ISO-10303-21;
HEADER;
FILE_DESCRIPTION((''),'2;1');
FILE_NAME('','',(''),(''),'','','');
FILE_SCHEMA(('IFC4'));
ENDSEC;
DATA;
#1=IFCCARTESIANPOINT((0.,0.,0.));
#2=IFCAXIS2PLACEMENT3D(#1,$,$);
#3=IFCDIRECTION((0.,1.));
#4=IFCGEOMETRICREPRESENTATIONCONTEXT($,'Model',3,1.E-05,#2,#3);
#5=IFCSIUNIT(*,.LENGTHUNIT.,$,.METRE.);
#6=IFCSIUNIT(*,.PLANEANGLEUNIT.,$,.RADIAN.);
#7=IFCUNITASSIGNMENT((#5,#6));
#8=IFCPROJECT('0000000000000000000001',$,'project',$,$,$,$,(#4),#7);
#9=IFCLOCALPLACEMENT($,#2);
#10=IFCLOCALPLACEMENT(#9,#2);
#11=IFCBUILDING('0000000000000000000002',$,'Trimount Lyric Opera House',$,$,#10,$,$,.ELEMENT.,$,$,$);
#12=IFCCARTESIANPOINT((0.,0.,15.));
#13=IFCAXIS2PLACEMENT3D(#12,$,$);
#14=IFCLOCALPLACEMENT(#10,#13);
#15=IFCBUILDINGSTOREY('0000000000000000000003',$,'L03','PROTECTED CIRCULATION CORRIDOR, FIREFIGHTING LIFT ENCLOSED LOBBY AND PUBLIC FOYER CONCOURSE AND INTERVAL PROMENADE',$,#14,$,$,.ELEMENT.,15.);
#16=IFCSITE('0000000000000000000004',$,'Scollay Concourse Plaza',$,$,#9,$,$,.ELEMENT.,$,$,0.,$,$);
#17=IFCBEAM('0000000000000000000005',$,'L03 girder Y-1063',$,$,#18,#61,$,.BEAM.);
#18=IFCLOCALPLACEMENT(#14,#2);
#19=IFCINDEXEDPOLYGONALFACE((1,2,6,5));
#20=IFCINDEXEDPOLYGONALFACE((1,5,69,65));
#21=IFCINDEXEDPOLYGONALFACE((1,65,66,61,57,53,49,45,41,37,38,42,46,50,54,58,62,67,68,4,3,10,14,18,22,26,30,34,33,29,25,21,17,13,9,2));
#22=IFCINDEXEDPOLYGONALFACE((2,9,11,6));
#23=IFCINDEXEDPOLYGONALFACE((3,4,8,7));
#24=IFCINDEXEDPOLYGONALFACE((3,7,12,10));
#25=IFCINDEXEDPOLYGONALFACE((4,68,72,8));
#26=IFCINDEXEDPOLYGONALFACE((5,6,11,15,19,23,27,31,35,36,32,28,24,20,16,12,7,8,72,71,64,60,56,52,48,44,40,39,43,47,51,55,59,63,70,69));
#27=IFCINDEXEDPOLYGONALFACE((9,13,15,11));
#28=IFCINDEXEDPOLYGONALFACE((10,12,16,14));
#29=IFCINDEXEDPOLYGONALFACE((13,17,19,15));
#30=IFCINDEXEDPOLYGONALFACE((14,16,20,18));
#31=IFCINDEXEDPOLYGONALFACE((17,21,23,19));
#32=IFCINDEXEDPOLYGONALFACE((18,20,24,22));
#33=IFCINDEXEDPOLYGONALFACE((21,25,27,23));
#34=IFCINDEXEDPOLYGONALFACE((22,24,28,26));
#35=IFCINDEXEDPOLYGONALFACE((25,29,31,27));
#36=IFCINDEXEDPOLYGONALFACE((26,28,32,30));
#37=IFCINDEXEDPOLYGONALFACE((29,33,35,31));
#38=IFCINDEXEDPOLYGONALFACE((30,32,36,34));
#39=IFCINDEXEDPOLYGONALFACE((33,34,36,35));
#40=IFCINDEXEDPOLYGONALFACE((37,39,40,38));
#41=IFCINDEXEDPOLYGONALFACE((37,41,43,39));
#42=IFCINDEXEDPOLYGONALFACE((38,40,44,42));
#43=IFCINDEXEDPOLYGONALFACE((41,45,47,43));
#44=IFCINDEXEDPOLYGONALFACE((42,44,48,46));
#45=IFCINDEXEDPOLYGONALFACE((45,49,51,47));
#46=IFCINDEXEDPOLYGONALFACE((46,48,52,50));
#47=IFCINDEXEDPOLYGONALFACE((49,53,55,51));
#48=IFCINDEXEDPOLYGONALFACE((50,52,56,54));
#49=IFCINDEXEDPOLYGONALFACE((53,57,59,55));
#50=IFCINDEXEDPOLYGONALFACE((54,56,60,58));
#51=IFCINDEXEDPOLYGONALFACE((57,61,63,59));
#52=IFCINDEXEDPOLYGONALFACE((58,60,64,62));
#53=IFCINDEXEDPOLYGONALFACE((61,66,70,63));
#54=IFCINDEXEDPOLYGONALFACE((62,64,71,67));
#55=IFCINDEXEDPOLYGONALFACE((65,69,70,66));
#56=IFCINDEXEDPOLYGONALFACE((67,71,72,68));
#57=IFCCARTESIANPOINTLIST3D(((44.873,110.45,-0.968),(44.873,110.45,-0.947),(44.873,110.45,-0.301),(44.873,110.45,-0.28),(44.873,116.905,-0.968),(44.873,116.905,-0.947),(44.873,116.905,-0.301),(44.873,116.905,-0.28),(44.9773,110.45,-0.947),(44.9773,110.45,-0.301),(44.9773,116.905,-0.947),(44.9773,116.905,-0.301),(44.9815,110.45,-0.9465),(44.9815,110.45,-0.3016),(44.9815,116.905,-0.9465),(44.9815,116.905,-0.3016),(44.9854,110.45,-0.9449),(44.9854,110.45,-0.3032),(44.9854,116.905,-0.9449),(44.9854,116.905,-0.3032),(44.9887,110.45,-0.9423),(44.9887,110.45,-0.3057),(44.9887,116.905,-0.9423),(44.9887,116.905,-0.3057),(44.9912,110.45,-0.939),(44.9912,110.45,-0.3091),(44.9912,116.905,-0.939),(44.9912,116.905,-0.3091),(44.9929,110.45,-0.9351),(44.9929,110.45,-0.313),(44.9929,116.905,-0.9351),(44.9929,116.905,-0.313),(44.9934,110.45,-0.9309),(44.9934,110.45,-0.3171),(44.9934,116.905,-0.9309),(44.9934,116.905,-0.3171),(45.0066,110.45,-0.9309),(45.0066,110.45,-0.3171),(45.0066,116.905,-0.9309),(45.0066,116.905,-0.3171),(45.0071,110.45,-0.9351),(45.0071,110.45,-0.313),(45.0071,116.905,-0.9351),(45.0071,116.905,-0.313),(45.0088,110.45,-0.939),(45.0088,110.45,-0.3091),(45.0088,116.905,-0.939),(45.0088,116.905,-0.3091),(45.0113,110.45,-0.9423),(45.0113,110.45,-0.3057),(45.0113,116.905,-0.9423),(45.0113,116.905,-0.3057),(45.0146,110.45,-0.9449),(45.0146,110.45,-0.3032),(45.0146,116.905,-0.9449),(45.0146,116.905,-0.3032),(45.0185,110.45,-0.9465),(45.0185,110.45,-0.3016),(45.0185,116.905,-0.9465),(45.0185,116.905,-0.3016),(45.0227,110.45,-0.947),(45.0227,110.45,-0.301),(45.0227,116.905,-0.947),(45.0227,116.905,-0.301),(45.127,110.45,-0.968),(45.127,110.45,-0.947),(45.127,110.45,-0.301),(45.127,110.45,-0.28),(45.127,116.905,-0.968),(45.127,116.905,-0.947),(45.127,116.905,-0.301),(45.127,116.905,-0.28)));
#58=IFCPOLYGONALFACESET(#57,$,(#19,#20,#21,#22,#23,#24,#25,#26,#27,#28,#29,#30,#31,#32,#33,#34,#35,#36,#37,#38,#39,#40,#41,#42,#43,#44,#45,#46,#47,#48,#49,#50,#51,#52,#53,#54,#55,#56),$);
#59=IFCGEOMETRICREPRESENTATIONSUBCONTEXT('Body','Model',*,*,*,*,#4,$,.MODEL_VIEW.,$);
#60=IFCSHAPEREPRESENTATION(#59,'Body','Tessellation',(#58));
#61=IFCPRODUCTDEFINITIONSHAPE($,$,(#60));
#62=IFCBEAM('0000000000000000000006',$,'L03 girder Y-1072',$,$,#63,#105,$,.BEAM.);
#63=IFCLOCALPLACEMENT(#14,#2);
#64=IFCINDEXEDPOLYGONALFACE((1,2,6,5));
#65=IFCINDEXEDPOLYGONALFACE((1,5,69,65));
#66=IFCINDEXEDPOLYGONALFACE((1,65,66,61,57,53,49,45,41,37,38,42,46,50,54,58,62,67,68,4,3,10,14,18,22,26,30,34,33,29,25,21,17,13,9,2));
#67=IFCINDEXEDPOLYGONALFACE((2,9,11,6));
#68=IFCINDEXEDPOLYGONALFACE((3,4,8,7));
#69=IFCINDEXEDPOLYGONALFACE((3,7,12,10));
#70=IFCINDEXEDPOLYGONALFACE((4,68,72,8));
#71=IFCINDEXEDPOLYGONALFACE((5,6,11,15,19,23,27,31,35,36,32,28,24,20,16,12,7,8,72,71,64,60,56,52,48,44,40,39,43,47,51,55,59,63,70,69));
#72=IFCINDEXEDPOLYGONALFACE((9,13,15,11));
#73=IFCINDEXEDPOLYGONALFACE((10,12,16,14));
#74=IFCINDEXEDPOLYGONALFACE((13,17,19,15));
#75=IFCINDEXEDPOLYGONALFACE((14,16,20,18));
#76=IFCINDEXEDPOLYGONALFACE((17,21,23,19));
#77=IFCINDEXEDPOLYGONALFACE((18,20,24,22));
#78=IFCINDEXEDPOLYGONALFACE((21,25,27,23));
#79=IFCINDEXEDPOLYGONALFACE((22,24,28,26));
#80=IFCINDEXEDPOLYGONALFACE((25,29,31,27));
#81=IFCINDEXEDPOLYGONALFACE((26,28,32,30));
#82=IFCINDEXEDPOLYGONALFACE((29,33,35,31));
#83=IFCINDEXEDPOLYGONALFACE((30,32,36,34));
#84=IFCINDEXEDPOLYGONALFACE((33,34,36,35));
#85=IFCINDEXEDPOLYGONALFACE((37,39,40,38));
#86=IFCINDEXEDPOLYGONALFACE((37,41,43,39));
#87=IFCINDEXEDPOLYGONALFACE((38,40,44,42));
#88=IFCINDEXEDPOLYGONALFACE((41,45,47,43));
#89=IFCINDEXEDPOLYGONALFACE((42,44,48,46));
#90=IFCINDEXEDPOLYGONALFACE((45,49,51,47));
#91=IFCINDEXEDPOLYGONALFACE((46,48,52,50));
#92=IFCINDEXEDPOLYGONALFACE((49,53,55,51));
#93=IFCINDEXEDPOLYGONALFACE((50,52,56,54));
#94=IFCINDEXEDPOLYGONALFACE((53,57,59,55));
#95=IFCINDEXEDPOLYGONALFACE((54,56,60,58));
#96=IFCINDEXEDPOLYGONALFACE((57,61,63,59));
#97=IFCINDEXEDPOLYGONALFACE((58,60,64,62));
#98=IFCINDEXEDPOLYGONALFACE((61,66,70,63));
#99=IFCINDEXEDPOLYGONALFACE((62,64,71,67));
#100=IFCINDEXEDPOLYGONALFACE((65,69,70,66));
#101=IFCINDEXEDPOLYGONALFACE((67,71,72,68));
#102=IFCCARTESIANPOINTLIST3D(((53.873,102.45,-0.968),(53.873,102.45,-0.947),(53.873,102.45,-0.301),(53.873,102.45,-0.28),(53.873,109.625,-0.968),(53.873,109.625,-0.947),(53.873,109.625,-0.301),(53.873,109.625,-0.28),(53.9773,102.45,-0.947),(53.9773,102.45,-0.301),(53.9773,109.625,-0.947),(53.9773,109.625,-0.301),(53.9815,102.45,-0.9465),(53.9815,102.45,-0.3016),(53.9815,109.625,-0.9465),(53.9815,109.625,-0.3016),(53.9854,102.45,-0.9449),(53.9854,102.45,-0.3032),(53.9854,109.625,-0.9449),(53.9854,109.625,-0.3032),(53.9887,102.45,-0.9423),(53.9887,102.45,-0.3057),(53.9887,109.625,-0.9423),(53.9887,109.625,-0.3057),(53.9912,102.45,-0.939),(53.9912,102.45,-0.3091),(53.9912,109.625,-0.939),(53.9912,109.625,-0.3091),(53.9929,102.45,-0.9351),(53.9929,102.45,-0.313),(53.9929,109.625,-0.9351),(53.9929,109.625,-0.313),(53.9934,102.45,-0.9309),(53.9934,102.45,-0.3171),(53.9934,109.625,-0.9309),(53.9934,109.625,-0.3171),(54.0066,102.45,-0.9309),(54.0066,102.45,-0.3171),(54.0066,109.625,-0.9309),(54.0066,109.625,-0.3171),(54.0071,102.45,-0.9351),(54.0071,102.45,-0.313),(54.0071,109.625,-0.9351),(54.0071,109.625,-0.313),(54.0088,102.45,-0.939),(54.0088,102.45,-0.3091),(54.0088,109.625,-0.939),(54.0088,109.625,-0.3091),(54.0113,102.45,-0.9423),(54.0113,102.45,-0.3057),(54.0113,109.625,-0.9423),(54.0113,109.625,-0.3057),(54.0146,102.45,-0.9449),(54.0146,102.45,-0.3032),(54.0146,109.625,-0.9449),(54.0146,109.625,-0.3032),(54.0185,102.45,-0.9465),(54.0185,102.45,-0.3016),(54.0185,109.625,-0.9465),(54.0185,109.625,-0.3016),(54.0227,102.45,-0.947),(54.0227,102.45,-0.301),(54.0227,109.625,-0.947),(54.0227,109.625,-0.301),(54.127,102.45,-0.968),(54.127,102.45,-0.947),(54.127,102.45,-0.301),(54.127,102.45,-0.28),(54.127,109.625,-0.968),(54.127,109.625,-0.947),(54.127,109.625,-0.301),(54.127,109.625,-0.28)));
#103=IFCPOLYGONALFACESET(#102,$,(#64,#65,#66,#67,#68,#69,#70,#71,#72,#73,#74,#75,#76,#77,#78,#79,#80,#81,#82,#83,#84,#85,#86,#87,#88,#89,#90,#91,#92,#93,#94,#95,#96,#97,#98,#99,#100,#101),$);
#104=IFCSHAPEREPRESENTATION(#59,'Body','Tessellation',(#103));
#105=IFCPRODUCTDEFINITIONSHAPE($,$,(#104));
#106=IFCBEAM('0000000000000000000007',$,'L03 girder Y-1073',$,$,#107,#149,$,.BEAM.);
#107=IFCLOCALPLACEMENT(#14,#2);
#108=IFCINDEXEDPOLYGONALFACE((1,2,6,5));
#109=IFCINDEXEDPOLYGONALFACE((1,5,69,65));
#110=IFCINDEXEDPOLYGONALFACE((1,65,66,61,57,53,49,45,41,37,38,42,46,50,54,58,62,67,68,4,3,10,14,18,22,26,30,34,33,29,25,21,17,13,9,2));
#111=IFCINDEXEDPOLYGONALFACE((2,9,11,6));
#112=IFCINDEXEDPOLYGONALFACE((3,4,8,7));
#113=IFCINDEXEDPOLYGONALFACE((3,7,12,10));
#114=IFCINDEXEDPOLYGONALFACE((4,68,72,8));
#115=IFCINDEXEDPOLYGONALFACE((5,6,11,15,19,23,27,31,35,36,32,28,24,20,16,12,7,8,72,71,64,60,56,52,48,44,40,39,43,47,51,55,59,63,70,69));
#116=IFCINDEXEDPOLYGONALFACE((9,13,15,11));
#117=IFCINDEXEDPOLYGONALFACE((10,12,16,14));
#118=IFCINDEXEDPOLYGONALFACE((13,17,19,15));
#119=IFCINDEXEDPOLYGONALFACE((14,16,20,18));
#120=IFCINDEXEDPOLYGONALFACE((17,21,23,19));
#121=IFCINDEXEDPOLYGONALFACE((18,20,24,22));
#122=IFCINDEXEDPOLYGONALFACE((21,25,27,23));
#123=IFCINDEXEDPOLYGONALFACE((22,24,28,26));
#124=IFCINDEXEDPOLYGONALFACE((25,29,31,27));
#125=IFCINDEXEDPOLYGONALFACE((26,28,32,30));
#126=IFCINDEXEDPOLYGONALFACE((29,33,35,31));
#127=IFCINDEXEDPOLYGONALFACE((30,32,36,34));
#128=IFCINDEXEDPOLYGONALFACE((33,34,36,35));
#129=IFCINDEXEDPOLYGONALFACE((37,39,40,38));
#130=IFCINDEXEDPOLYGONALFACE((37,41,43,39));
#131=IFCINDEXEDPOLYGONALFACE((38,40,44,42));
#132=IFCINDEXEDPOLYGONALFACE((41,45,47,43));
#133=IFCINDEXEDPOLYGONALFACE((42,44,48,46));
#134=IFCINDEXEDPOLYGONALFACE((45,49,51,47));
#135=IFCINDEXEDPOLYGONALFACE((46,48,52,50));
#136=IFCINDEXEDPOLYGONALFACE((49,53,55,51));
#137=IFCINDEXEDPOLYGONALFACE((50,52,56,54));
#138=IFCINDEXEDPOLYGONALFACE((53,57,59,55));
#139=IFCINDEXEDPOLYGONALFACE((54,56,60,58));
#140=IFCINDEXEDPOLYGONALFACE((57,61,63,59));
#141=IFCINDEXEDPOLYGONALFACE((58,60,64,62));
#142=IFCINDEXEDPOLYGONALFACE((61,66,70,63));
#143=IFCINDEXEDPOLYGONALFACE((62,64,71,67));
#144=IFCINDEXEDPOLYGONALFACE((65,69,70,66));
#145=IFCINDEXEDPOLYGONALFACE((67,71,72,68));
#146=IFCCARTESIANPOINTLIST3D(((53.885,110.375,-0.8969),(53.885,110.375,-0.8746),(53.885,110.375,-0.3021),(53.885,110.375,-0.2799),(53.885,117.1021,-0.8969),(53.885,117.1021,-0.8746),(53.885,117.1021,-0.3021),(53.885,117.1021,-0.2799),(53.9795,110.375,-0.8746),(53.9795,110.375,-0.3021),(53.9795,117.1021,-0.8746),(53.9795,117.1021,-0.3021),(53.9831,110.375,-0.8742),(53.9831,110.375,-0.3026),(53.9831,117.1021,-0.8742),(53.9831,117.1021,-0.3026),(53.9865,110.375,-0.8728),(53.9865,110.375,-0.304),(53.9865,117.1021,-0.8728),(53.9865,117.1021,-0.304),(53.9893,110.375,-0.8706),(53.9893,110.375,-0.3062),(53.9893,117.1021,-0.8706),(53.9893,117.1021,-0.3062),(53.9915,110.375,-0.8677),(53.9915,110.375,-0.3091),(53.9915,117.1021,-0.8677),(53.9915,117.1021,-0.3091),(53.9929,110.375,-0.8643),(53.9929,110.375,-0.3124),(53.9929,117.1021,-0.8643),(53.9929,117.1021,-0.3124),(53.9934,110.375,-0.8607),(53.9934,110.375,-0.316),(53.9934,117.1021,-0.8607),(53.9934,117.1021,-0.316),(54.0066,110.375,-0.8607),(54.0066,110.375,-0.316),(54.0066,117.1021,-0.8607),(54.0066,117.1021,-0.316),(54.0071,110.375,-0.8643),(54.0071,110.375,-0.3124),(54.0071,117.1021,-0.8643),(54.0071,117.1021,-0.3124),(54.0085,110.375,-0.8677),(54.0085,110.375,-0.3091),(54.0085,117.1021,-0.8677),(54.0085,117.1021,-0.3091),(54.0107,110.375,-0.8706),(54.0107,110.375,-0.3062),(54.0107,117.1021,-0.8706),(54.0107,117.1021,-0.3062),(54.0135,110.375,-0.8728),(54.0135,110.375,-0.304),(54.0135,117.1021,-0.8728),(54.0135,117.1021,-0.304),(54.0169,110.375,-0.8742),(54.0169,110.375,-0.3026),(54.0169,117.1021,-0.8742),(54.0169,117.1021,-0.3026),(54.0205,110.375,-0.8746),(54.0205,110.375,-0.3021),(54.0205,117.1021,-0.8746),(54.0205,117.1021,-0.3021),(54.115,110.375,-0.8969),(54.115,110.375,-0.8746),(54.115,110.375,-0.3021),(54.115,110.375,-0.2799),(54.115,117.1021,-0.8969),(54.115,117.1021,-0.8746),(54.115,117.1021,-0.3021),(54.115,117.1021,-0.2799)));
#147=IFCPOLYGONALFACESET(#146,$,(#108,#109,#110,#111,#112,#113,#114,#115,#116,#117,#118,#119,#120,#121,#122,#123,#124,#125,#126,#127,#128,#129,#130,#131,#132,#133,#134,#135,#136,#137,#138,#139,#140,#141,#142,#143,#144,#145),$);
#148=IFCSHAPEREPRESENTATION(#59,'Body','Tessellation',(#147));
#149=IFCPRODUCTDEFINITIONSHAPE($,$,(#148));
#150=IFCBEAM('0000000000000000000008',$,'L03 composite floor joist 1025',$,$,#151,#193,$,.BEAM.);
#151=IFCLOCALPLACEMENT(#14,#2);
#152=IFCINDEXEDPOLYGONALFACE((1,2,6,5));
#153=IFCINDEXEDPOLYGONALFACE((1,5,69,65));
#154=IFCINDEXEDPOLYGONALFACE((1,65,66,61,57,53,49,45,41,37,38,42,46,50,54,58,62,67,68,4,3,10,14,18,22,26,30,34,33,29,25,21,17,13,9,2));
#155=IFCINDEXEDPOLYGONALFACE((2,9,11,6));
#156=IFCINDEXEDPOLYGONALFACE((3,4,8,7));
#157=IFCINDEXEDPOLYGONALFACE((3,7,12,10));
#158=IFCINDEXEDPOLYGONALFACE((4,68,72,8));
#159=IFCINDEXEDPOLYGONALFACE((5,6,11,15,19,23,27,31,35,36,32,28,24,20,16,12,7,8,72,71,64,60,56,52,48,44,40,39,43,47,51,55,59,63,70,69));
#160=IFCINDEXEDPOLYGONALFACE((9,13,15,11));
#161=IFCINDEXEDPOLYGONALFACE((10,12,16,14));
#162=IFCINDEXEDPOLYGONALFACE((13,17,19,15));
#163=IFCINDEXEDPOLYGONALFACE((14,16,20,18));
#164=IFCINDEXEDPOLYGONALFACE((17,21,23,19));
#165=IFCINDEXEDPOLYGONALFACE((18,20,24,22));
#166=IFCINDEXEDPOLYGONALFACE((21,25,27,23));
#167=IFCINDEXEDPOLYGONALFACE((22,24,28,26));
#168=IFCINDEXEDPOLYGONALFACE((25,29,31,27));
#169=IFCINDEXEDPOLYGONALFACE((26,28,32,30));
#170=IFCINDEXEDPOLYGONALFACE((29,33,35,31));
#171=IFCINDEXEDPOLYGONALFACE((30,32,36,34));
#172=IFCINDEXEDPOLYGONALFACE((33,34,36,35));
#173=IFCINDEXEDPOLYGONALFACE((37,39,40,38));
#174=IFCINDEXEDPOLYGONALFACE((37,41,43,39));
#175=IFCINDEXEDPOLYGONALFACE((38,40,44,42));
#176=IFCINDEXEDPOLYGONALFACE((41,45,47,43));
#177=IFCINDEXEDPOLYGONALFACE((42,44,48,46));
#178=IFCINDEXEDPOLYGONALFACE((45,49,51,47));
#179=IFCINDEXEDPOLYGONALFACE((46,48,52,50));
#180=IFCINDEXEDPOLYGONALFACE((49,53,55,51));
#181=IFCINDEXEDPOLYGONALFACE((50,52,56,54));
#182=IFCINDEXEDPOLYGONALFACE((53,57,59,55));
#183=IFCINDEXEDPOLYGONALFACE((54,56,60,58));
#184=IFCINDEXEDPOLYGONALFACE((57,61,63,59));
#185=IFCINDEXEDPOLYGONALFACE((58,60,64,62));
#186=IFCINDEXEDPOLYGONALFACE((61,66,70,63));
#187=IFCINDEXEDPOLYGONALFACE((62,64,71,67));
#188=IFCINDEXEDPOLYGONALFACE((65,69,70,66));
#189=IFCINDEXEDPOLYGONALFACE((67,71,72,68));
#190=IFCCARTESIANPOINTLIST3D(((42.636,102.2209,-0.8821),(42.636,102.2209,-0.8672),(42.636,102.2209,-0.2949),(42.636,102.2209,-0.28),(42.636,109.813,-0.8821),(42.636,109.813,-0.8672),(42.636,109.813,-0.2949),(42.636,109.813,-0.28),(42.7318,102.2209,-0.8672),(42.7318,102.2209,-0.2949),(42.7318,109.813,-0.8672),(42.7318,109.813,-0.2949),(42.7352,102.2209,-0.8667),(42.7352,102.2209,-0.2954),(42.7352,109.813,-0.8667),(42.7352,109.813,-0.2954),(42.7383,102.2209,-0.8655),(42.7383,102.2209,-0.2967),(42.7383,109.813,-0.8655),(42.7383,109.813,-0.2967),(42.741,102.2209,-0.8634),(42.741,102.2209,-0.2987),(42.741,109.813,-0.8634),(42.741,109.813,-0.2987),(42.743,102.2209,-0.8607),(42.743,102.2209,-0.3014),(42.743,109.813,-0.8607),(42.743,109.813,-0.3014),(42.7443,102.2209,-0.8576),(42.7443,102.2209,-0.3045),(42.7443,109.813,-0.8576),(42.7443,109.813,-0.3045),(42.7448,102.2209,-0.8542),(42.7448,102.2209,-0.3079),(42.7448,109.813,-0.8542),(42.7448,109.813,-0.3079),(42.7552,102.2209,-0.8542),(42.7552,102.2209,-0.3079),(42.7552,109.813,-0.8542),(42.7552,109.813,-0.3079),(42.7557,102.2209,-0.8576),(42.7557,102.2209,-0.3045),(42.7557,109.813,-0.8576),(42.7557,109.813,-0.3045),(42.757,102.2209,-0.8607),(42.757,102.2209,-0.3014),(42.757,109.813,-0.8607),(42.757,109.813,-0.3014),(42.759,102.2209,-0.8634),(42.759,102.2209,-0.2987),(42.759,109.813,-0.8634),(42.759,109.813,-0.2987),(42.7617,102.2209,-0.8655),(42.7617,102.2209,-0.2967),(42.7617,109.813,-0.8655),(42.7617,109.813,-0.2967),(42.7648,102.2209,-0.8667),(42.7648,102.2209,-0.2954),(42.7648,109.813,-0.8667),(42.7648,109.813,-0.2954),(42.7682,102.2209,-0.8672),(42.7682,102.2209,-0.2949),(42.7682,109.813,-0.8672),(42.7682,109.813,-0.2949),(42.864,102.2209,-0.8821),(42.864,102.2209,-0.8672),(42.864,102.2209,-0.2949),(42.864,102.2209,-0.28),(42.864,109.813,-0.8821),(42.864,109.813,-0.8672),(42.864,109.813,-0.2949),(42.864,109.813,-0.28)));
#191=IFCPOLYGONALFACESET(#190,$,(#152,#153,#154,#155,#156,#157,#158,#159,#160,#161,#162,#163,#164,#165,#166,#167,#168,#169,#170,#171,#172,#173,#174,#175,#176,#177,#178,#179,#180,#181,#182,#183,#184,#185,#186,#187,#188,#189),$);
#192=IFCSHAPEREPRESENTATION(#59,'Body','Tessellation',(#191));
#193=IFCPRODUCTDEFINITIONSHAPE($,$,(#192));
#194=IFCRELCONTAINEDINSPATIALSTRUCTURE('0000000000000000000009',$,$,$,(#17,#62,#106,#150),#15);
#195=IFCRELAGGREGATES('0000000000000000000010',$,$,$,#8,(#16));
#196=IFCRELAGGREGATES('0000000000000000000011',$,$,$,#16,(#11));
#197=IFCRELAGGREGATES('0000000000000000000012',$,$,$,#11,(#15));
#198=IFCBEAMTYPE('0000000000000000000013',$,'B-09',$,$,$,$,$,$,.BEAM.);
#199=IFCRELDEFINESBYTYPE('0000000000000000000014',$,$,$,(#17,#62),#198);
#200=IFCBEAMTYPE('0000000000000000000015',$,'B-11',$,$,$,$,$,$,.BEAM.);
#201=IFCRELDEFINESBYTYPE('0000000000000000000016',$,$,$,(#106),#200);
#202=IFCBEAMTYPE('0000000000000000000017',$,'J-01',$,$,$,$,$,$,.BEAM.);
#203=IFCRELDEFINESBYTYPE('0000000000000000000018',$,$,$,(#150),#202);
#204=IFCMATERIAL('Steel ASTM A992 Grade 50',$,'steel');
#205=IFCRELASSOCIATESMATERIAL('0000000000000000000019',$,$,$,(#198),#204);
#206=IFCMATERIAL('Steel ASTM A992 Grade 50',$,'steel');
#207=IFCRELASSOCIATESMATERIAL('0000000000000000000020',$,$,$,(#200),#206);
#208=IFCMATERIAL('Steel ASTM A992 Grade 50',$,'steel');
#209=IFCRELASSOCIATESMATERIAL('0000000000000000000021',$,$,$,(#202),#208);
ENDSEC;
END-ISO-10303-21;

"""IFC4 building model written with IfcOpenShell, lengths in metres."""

from ifc_helpers import new_model, si_unit, direction, frame, origin, origin_2d, place, context, subcontext, project, spatial, i_section, extrude, material, material_profile, profile_set, type_object, element, save


model = new_model("IFC4")

# Units and contexts
model_context = context("Model", 3, precision=1e-05, world=origin(), true_north=direction((0.0, 1.0)))
body_context = subcontext(model_context, "Body", "Model", "MODEL_VIEW")
ifc_project = project(units=[si_unit("LENGTHUNIT", "METRE"), si_unit("PLANEANGLEUNIT", "RADIAN")], contexts=[model_context])

# Site, building, storey
site_placement = place(None, origin())
site = spatial("IfcSite", under=ifc_project, at=site_placement, Name="Scollay Concourse Plaza", CompositionType="ELEMENT", RefElevation=0.0)
building_placement = place(site_placement, origin())
building = spatial("IfcBuilding", under=site, at=building_placement, Name="Trimount Lyric Opera House", CompositionType="ELEMENT")
storey_placement = place(building_placement, frame((0.0, 0.0, 15.0)))
storey = spatial("IfcBuildingStorey", under=building, at=storey_placement, Name="L03", Description="PROTECTED CIRCULATION CORRIDOR, FIREFIGHTING LIFT ENCLOSED LOBBY AND PUBLIC FOYER CONCOURSE AND INTERVAL PROMENADE", CompositionType="ELEMENT", Elevation=15.0)

# Beams
ifc_material_1 = material(Name="Steel ASTM A992 Grade 50", Category="steel")
ifc_material_profile_1 = material_profile(ifc_material_1, i_section(OverallWidth=0.2539, OverallDepth=0.688, WebThickness=0.0132, FlangeThickness=0.021, FilletRadius=0.0161, at=origin_2d()), Name="W27X102")
ifc_profile_set_1 = profile_set([ifc_material_profile_1], Name="Steel ASTM A992 Grade 50")
beam_type_1 = type_object("IfcBeamType", Name="B-09", PredefinedType="BEAM", material=ifc_profile_set_1)
beam_1_placement = place(storey_placement, frame((45.0, 110.45, -0.624), z_axis=(0.0, 1.0, 0.0), x_axis=(-1.0, 0.0, 0.0)))
element("IfcBeam", 1, at=beam_1_placement, inside=storey, type_object=beam_type_1, Name="L03 girder Y-1063", PredefinedType="BEAM", context=body_context, shape_type="SweptSolid", body=[
    extrude(i_section(OverallWidth=0.2539, OverallDepth=0.688, WebThickness=0.0132, FlangeThickness=0.021, FilletRadius=0.0161, at=origin_2d()), origin(), (0.0, 0.0, 1.0), 6.4551),
])
beam_2_placement = place(storey_placement, frame((54.0, 102.45, -0.624), z_axis=(0.0, 1.0, 0.0), x_axis=(-1.0, 0.0, 0.0)))
element("IfcBeam", 2, at=beam_2_placement, inside=storey, type_object=beam_type_1, Name="L03 girder Y-1072", PredefinedType="BEAM", context=body_context, shape_type="SweptSolid", body=[
    extrude(i_section(OverallWidth=0.2539, OverallDepth=0.688, WebThickness=0.0132, FlangeThickness=0.021, FilletRadius=0.0161, at=origin_2d()), origin(), (0.0, 0.0, 1.0), 7.175),
])
ifc_material_2 = material(Name="Steel ASTM A992 Grade 50", Category="steel")
ifc_material_profile_2 = material_profile(ifc_material_2, i_section(OverallWidth=0.23, OverallDepth=0.6169, WebThickness=0.0132, FlangeThickness=0.0222, FilletRadius=0.0139, at=origin_2d()), Name="W24X94")
ifc_profile_set_2 = profile_set([ifc_material_profile_2], Name="Steel ASTM A992 Grade 50")
beam_type_2 = type_object("IfcBeamType", Name="B-11", PredefinedType="BEAM", material=ifc_profile_set_2)
beam_3_placement = place(storey_placement, frame((54.0, 110.375, -0.5884), z_axis=(0.0, 1.0, 0.0), x_axis=(-1.0, 0.0, 0.0)))
element("IfcBeam", 3, at=beam_3_placement, inside=storey, type_object=beam_type_2, Name="L03 girder Y-1073", PredefinedType="BEAM", context=body_context, shape_type="SweptSolid", body=[
    extrude(i_section(OverallWidth=0.23, OverallDepth=0.6169, WebThickness=0.0132, FlangeThickness=0.0222, FilletRadius=0.0139, at=origin_2d()), origin(), (0.0, 0.0, 1.0), 6.7271),
])
ifc_material_3 = material(Name="Steel ASTM A992 Grade 50", Category="steel")
ifc_material_profile_3 = material_profile(ifc_material_3, i_section(OverallWidth=0.228, OverallDepth=0.6021, WebThickness=0.0105, FlangeThickness=0.0149, FilletRadius=0.0129, at=origin_2d()), Name="W24X68")
ifc_profile_set_3 = profile_set([ifc_material_profile_3], Name="Steel ASTM A992 Grade 50")
beam_type_3 = type_object("IfcBeamType", Name="J-01", PredefinedType="BEAM", material=ifc_profile_set_3)
beam_4_placement = place(storey_placement, frame((42.75, 102.2209, -0.5811), z_axis=(0.0, 1.0, 0.0), x_axis=(-1.0, 0.0, 0.0)))
element("IfcBeam", 4, at=beam_4_placement, inside=storey, type_object=beam_type_3, Name="L03 composite floor joist 1025", PredefinedType="BEAM", context=body_context, shape_type="SweptSolid", body=[
    extrude(i_section(OverallWidth=0.228, OverallDepth=0.6021, WebThickness=0.0105, FlangeThickness=0.0149, FilletRadius=0.0129, at=origin_2d()), origin(), (0.0, 0.0, 1.0), 7.592),
])

save(model, "model.ifc")
